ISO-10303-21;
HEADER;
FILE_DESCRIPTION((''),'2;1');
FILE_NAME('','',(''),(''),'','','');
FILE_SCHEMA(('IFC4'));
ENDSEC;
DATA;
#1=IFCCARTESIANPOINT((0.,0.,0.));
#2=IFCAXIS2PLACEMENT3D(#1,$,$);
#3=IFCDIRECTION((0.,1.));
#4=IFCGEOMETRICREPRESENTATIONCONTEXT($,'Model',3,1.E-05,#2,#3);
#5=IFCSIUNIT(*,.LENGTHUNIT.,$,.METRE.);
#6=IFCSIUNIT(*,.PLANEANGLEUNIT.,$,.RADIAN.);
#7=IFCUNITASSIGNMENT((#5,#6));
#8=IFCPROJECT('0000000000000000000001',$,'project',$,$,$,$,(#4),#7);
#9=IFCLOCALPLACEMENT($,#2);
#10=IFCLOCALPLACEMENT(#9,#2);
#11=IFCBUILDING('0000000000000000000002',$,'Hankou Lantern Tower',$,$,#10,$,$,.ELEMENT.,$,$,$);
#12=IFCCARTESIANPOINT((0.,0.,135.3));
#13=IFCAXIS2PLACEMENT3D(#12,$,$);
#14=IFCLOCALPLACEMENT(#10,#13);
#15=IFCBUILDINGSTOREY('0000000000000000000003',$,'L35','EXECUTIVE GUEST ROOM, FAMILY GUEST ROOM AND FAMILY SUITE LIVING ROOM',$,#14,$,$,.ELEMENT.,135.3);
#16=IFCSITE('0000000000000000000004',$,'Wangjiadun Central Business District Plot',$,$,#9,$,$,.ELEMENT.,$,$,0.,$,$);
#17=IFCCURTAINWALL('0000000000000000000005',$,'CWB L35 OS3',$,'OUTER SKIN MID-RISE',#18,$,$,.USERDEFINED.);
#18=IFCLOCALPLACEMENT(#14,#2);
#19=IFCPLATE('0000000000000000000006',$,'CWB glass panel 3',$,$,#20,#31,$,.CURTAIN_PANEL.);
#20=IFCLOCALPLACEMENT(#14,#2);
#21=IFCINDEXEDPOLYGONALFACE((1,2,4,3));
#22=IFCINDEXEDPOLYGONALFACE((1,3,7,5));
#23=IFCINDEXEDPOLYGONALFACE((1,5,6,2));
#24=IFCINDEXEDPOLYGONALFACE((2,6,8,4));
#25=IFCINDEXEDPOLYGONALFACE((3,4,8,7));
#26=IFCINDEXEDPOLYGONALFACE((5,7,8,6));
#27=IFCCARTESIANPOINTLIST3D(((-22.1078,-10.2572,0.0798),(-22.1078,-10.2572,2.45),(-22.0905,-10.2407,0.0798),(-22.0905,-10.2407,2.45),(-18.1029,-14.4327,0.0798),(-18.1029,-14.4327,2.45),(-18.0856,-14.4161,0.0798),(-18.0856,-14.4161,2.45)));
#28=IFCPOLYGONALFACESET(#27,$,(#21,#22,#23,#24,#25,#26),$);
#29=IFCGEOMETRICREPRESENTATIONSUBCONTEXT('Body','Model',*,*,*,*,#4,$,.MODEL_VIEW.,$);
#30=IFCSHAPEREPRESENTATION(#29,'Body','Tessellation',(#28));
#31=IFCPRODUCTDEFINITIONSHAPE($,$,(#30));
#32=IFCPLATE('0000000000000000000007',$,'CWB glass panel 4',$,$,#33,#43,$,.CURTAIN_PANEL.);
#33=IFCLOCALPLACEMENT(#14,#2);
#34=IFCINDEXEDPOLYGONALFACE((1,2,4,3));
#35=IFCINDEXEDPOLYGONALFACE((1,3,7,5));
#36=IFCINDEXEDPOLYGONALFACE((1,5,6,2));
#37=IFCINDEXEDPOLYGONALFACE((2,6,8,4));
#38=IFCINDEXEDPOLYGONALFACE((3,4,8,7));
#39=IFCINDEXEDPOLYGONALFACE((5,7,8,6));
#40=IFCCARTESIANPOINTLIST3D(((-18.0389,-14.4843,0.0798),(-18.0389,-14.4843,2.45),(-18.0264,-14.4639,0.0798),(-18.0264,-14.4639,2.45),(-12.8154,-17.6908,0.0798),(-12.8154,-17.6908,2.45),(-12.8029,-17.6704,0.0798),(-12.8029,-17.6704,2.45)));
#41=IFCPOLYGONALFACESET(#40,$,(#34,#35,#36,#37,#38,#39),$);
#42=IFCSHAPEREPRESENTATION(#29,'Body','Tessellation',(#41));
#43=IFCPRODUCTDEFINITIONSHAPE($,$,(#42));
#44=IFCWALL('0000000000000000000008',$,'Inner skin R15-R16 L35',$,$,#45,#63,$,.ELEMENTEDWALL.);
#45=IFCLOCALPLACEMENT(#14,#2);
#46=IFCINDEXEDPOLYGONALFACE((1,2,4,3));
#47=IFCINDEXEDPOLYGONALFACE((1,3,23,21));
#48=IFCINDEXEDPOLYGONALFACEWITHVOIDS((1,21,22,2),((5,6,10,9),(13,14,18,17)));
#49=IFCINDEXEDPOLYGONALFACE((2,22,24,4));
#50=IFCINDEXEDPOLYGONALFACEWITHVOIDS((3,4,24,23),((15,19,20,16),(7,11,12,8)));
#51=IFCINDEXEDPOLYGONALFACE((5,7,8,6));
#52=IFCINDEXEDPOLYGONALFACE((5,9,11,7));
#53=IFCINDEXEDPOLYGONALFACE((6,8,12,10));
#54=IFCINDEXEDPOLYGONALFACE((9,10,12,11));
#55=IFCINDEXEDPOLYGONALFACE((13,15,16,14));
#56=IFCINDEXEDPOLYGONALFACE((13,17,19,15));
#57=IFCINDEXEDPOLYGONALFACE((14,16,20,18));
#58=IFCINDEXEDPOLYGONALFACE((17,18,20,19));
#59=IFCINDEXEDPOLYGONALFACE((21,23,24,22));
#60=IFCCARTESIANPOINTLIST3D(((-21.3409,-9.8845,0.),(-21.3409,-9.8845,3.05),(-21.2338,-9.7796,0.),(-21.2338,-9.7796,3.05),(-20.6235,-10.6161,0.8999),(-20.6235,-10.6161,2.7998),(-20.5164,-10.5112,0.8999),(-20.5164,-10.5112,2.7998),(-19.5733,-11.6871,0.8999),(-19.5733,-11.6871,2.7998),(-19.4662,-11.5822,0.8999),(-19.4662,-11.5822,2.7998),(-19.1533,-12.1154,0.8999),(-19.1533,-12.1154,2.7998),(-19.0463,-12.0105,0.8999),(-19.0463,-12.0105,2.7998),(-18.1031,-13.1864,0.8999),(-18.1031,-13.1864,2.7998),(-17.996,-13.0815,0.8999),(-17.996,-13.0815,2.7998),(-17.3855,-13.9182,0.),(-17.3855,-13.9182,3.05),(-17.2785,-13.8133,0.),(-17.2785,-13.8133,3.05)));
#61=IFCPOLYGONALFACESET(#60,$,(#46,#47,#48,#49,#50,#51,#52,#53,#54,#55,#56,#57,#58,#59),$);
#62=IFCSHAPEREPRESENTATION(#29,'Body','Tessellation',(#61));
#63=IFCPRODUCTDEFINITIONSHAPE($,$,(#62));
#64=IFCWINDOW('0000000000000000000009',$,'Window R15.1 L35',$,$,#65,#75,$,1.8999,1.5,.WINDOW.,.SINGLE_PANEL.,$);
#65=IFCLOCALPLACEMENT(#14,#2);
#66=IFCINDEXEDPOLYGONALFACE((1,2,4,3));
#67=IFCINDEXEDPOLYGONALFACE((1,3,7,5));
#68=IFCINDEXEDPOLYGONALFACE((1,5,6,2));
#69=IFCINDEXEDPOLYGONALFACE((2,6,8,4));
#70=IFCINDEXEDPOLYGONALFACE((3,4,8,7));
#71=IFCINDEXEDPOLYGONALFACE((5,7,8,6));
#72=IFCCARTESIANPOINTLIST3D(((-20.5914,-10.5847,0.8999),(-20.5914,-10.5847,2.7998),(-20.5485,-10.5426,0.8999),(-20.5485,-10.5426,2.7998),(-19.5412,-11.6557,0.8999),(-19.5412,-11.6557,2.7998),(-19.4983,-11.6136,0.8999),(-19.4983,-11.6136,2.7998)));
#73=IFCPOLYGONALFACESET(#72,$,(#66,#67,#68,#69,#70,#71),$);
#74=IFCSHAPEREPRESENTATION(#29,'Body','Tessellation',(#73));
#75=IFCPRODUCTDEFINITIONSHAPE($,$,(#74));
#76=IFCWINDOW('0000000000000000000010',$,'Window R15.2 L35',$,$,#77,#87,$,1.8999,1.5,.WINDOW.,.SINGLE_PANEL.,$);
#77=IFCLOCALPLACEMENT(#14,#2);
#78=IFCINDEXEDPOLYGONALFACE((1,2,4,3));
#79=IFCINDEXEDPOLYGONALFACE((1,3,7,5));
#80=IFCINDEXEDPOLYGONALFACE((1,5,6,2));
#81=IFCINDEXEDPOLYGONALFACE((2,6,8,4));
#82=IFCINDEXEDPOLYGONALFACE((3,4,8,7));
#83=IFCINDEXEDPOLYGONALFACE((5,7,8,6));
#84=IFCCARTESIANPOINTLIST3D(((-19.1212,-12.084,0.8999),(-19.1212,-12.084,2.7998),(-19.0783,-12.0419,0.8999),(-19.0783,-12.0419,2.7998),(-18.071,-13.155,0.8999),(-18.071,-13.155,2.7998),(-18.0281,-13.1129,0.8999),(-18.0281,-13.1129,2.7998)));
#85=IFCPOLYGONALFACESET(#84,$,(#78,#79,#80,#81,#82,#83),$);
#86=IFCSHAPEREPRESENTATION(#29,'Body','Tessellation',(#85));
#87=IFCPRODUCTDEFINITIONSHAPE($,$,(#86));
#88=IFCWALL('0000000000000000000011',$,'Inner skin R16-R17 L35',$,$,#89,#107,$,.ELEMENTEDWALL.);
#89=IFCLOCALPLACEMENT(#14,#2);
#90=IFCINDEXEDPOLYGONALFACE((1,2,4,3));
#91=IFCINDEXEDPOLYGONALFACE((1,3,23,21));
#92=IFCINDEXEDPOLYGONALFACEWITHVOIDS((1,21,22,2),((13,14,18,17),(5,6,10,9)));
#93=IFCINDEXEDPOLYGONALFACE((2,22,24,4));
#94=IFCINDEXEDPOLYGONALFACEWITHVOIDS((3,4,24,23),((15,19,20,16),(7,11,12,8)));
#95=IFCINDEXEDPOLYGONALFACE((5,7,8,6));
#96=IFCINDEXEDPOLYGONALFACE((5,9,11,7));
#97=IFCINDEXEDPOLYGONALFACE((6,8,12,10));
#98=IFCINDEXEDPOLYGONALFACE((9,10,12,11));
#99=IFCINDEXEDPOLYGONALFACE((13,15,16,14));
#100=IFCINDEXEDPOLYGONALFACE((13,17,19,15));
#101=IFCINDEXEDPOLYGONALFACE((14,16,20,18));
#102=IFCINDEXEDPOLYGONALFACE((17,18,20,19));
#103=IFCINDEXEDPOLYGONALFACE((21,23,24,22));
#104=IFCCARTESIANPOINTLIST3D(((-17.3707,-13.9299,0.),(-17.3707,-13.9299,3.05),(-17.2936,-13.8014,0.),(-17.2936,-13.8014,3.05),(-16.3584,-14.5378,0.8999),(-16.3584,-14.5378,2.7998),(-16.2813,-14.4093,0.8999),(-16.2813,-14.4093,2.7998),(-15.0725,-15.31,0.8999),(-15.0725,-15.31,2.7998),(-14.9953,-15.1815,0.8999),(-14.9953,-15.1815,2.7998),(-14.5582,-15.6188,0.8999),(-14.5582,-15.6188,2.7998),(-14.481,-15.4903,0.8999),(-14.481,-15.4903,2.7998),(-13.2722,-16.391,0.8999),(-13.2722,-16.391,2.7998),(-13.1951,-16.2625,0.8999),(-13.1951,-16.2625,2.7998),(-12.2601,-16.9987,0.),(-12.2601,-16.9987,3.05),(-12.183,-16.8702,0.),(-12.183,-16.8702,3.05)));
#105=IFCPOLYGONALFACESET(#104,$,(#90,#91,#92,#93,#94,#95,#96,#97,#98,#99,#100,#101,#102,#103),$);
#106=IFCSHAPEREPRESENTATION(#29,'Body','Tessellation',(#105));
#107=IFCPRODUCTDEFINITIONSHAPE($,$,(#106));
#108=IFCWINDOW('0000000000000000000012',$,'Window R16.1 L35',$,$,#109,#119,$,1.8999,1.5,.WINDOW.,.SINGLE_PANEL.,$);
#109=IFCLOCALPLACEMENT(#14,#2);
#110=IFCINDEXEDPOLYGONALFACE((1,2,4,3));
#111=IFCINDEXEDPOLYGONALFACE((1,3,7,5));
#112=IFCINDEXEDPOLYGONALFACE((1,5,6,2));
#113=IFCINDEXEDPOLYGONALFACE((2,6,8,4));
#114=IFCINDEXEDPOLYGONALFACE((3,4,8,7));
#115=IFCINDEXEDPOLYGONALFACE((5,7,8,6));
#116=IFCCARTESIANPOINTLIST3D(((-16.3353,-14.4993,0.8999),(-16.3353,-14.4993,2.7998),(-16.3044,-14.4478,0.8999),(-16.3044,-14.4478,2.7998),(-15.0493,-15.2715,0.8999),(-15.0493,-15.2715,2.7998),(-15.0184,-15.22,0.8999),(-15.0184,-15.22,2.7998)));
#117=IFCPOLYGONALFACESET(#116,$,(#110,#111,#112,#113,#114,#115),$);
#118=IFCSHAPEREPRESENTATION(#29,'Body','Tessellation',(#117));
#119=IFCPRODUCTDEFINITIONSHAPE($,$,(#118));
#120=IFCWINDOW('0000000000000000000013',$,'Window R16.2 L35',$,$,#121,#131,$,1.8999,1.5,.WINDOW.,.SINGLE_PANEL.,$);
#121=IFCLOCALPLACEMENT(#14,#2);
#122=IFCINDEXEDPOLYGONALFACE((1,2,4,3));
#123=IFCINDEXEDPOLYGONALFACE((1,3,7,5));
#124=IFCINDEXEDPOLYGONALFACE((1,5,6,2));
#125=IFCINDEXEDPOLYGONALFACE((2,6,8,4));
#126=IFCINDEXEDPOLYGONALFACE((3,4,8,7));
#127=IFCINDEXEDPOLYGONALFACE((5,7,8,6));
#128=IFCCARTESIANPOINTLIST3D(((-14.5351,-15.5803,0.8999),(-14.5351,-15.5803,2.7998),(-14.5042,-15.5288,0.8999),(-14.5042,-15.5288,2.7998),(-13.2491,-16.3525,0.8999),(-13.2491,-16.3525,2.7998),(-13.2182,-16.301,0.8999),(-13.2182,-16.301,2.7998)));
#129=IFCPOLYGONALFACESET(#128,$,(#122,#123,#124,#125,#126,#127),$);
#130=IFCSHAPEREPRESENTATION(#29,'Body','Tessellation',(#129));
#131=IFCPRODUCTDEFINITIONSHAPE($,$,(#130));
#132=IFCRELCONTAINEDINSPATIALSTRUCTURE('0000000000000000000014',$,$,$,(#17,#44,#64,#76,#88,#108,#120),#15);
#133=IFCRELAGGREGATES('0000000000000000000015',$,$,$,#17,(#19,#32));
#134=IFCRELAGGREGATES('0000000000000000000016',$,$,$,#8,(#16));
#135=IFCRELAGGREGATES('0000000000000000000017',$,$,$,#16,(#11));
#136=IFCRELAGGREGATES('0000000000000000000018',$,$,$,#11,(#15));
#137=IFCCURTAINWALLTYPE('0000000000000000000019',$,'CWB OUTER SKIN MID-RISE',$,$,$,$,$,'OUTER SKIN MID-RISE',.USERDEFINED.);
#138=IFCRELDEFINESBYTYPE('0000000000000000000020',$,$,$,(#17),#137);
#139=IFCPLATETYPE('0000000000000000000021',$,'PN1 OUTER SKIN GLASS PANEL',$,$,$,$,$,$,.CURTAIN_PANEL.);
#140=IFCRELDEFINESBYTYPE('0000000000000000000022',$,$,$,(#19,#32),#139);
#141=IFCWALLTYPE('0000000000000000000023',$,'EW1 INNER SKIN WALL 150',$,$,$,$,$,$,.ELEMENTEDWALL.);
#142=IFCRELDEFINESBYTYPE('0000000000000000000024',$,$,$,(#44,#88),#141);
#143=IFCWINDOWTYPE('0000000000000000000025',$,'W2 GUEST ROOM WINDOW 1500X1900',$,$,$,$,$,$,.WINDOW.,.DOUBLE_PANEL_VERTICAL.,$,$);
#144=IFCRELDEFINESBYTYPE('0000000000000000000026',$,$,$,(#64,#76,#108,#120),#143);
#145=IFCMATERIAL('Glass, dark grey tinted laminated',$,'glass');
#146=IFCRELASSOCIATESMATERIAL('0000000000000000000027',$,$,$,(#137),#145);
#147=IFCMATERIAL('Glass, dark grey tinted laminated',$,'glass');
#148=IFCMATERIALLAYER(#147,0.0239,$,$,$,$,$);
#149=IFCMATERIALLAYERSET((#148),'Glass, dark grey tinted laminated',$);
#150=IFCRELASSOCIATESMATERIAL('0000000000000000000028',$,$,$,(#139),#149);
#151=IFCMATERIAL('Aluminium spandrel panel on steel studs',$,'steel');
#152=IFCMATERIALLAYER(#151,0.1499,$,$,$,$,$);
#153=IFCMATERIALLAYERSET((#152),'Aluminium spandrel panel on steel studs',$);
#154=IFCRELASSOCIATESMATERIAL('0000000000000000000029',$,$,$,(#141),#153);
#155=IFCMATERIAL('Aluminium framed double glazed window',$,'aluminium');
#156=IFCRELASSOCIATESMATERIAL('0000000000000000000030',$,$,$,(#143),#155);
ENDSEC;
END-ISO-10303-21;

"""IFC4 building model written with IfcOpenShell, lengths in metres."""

from ifc_helpers import new_model, si_unit, direction, frame, frame_2d, origin, origin_2d, place, context, subcontext, project, spatial, rectangle, extrude, material, layer, layer_set, type_object, element, fill, aggregate, save


model = new_model("IFC4")

# Units and contexts
model_context = context("Model", 3, precision=1e-05, world=origin(), true_north=direction((0.0, 1.0)))
body_context = subcontext(model_context, "Body", "Model", "MODEL_VIEW")
ifc_project = project(units=[si_unit("LENGTHUNIT", "METRE"), si_unit("PLANEANGLEUNIT", "RADIAN")], contexts=[model_context])

# Site, building, storey
site_placement = place(None, origin())
site = spatial("IfcSite", under=ifc_project, at=site_placement, Name="Wangjiadun Central Business District Plot", CompositionType="ELEMENT", RefElevation=0.0)
building_placement = place(site_placement, origin())
building = spatial("IfcBuilding", under=site, at=building_placement, Name="Hankou Lantern Tower", CompositionType="ELEMENT")
storey_placement = place(building_placement, frame((0.0, 0.0, 135.3)))
storey = spatial("IfcBuildingStorey", under=building, at=storey_placement, Name="L35", Description="EXECUTIVE GUEST ROOM, FAMILY GUEST ROOM AND FAMILY SUITE LIVING ROOM", CompositionType="ELEMENT", Elevation=135.3)

# Curtain wall
ifc_material_1 = material(Name="Glass, dark grey tinted laminated", Category="glass")
curtain_wall_type = type_object("IfcCurtainWallType", Name="CWB OUTER SKIN MID-RISE", ElementType="OUTER SKIN MID-RISE", PredefinedType="USERDEFINED", material=ifc_material_1)
curtain_wall_placement = place(storey_placement, origin())
curtain_wall = element("IfcCurtainWall", 1, at=curtain_wall_placement, inside=storey, type_object=curtain_wall_type, Name="CWB L35 OS3", ObjectType="OUTER SKIN MID-RISE", PredefinedType="USERDEFINED")

# Plates
ifc_material_2 = material(Name="Glass, dark grey tinted laminated", Category="glass")
ifc_layer_1 = layer(ifc_material_2, 0.0239)
ifc_layer_set_1 = layer_set([ifc_layer_1], Name="Glass, dark grey tinted laminated")
plate_type = type_object("IfcPlateType", Name="PN1 OUTER SKIN GLASS PANEL", PredefinedType="CURTAIN_PANEL", material=ifc_layer_set_1)
plate_1_placement = place(storey_placement, frame((-20.0967, -12.3367, 0.0798), z_axis=(0.0, 0.0, 1.0), x_axis=(0.692216, -0.721691, 0.0)))
plate_1 = element("IfcPlate", 2, at=plate_1_placement, type_object=plate_type, Name="CWB glass panel 3", PredefinedType="CURTAIN_PANEL", context=body_context, shape_type="SweptSolid", body=[
    extrude(rectangle(XDim=5.7856, YDim=0.0239, at=origin_2d()), origin(), (0.0, 0.0, 1.0), 2.3701),
])
plate_2_placement = place(storey_placement, frame((-15.4209, -16.0774, 0.0798), z_axis=(0.0, 0.0, 1.0), x_axis=(0.852237, -0.523156, 0.0)))
plate_2 = element("IfcPlate", 3, at=plate_2_placement, type_object=plate_type, Name="CWB glass panel 4", PredefinedType="CURTAIN_PANEL", context=body_context, shape_type="SweptSolid", body=[
    extrude(rectangle(XDim=6.1292, YDim=0.0239, at=origin_2d()), origin(), (0.0, 0.0, 1.0), 2.3701),
])
aggregate(curtain_wall, [plate_1, plate_2])

# Walls, openings, windows
ifc_material_3 = material(Name="Aluminium spandrel panel on steel studs", Category="steel")
ifc_layer_2 = layer(ifc_material_3, 0.1499)
ifc_layer_set_2 = layer_set([ifc_layer_2], Name="Aluminium spandrel panel on steel studs")
wall_type_1 = type_object("IfcWallType", Name="EW1 INNER SKIN WALL 150", PredefinedType="ELEMENTEDWALL", material=ifc_layer_set_2)
wall_1_placement = place(storey_placement, frame((-21.2874, -9.832, 0.0), z_axis=(0.0, 0.0, 1.0), x_axis=(0.700137, -0.714009, 0.0)))
wall_1 = element("IfcWall", 4, at=wall_1_placement, inside=storey, type_object=wall_type_1, Name="Inner skin R15-R16 L35", PredefinedType="ELEMENTEDWALL", context=body_context, shape_type="SweptSolid", body=[
    extrude(rectangle(XDim=5.6494, YDim=0.1499, at=frame_2d((2.8247, 0.0))), origin(), (0.0, 0.0, 1.0), 3.05),
])
opening_1_placement = place(wall_1_placement, frame((1.0247, 0.0, 0.8999)))
opening_1 = element("IfcOpeningElement", 5, at=opening_1_placement, cuts=wall_1, PredefinedType="OPENING", context=body_context, shape_type="SweptSolid", body=[
    extrude(rectangle(XDim=1.5, YDim=1.8999, at=frame_2d((0.75, 0.95))), frame((0.0, 0.085, 0.0), z_axis=(0.0, -1.0, 0.0), x_axis=(1.0, 0.0, 0.0)), (0.0, 0.0, 1.0), 0.1699),
])
opening_2_placement = place(wall_1_placement, frame((3.1245, 0.0, 0.8999)))
opening_2 = element("IfcOpeningElement", 6, at=opening_2_placement, cuts=wall_1, PredefinedType="OPENING", context=body_context, shape_type="SweptSolid", body=[
    extrude(rectangle(XDim=1.5, YDim=1.8999, at=frame_2d((0.75, 0.95))), frame((0.0, 0.085, 0.0), z_axis=(0.0, -1.0, 0.0), x_axis=(1.0, 0.0, 0.0)), (0.0, 0.0, 1.0), 0.1699),
])
ifc_material_4 = material(Name="Aluminium framed double glazed window", Category="aluminium")
window_type = type_object("IfcWindowType", Name="W2 GUEST ROOM WINDOW 1500X1900", PartitioningType="DOUBLE_PANEL_VERTICAL", PredefinedType="WINDOW", material=ifc_material_4)
window_1_placement = place(opening_1_placement, origin())
window_1 = element("IfcWindow", 7, at=window_1_placement, inside=storey, type_object=window_type, Name="Window R15.1 L35", OverallHeight=1.8999, OverallWidth=1.5, PartitioningType="SINGLE_PANEL", PredefinedType="WINDOW", context=body_context, shape_type="SweptSolid", body=[
    extrude(rectangle(XDim=1.5, YDim=1.8999, at=frame_2d((0.75, 0.95))), frame((0.0, 0.03, 0.0), z_axis=(0.0, -1.0, 0.0), x_axis=(1.0, 0.0, 0.0)), (0.0, 0.0, 1.0), 0.0601),
])
fill(opening_1, window_1)
window_2_placement = place(opening_2_placement, origin())
window_2 = element("IfcWindow", 8, at=window_2_placement, inside=storey, type_object=window_type, Name="Window R15.2 L35", OverallHeight=1.8999, OverallWidth=1.5, PartitioningType="SINGLE_PANEL", PredefinedType="WINDOW", context=body_context, shape_type="SweptSolid", body=[
    extrude(rectangle(XDim=1.5, YDim=1.8999, at=frame_2d((0.75, 0.95))), frame((0.0, 0.03, 0.0), z_axis=(0.0, -1.0, 0.0), x_axis=(1.0, 0.0, 0.0)), (0.0, 0.0, 1.0), 0.0601),
])
fill(opening_2, window_2)
wall_2_placement = place(storey_placement, frame((-17.332, -13.8657, 0.0), z_axis=(0.0, 0.0, 1.0), x_axis=(0.857309, -0.514803, 0.0)))
wall_2 = element("IfcWall", 9, at=wall_2_placement, inside=storey, type_object=wall_type_1, Name="Inner skin R16-R17 L35", PredefinedType="ELEMENTEDWALL", context=body_context, shape_type="SweptSolid", body=[
    extrude(rectangle(XDim=5.9612, YDim=0.1499, at=frame_2d((2.9805, 0.0))), origin(), (0.0, 0.0, 1.0), 3.05),
])
opening_3_placement = place(wall_2_placement, frame((1.1807, 0.0, 0.8999)))
opening_3 = element("IfcOpeningElement", 10, at=opening_3_placement, cuts=wall_2, PredefinedType="OPENING", context=body_context, shape_type="SweptSolid", body=[
    extrude(rectangle(XDim=1.5, YDim=1.8999, at=frame_2d((0.75, 0.95))), frame((0.0, 0.085, 0.0), z_axis=(0.0, -1.0, 0.0), x_axis=(1.0, 0.0, 0.0)), (0.0, 0.0, 1.0), 0.1699),
])
opening_4_placement = place(wall_2_placement, frame((3.2805, 0.0, 0.8999)))
opening_4 = element("IfcOpeningElement", 11, at=opening_4_placement, cuts=wall_2, PredefinedType="OPENING", context=body_context, shape_type="SweptSolid", body=[
    extrude(rectangle(XDim=1.5, YDim=1.8999, at=frame_2d((0.75, 0.95))), frame((0.0, 0.085, 0.0), z_axis=(0.0, -1.0, 0.0), x_axis=(1.0, 0.0, 0.0)), (0.0, 0.0, 1.0), 0.1699),
])
window_3_placement = place(opening_3_placement, origin())
window_3 = element("IfcWindow", 12, at=window_3_placement, inside=storey, type_object=window_type, Name="Window R16.1 L35", OverallHeight=1.8999, OverallWidth=1.5, PartitioningType="SINGLE_PANEL", PredefinedType="WINDOW", context=body_context, shape_type="SweptSolid", body=[
    extrude(rectangle(XDim=1.5, YDim=1.8999, at=frame_2d((0.75, 0.95))), frame((0.0, 0.03, 0.0), z_axis=(0.0, -1.0, 0.0), x_axis=(1.0, 0.0, 0.0)), (0.0, 0.0, 1.0), 0.0601),
])
fill(opening_3, window_3)
window_4_placement = place(opening_4_placement, origin())
window_4 = element("IfcWindow", 13, at=window_4_placement, inside=storey, type_object=window_type, Name="Window R16.2 L35", OverallHeight=1.8999, OverallWidth=1.5, PartitioningType="SINGLE_PANEL", PredefinedType="WINDOW", context=body_context, shape_type="SweptSolid", body=[
    extrude(rectangle(XDim=1.5, YDim=1.8999, at=frame_2d((0.75, 0.95))), frame((0.0, 0.03, 0.0), z_axis=(0.0, -1.0, 0.0), x_axis=(1.0, 0.0, 0.0)), (0.0, 0.0, 1.0), 0.0601),
])
fill(opening_4, window_4)

save(model, "model.ifc")
